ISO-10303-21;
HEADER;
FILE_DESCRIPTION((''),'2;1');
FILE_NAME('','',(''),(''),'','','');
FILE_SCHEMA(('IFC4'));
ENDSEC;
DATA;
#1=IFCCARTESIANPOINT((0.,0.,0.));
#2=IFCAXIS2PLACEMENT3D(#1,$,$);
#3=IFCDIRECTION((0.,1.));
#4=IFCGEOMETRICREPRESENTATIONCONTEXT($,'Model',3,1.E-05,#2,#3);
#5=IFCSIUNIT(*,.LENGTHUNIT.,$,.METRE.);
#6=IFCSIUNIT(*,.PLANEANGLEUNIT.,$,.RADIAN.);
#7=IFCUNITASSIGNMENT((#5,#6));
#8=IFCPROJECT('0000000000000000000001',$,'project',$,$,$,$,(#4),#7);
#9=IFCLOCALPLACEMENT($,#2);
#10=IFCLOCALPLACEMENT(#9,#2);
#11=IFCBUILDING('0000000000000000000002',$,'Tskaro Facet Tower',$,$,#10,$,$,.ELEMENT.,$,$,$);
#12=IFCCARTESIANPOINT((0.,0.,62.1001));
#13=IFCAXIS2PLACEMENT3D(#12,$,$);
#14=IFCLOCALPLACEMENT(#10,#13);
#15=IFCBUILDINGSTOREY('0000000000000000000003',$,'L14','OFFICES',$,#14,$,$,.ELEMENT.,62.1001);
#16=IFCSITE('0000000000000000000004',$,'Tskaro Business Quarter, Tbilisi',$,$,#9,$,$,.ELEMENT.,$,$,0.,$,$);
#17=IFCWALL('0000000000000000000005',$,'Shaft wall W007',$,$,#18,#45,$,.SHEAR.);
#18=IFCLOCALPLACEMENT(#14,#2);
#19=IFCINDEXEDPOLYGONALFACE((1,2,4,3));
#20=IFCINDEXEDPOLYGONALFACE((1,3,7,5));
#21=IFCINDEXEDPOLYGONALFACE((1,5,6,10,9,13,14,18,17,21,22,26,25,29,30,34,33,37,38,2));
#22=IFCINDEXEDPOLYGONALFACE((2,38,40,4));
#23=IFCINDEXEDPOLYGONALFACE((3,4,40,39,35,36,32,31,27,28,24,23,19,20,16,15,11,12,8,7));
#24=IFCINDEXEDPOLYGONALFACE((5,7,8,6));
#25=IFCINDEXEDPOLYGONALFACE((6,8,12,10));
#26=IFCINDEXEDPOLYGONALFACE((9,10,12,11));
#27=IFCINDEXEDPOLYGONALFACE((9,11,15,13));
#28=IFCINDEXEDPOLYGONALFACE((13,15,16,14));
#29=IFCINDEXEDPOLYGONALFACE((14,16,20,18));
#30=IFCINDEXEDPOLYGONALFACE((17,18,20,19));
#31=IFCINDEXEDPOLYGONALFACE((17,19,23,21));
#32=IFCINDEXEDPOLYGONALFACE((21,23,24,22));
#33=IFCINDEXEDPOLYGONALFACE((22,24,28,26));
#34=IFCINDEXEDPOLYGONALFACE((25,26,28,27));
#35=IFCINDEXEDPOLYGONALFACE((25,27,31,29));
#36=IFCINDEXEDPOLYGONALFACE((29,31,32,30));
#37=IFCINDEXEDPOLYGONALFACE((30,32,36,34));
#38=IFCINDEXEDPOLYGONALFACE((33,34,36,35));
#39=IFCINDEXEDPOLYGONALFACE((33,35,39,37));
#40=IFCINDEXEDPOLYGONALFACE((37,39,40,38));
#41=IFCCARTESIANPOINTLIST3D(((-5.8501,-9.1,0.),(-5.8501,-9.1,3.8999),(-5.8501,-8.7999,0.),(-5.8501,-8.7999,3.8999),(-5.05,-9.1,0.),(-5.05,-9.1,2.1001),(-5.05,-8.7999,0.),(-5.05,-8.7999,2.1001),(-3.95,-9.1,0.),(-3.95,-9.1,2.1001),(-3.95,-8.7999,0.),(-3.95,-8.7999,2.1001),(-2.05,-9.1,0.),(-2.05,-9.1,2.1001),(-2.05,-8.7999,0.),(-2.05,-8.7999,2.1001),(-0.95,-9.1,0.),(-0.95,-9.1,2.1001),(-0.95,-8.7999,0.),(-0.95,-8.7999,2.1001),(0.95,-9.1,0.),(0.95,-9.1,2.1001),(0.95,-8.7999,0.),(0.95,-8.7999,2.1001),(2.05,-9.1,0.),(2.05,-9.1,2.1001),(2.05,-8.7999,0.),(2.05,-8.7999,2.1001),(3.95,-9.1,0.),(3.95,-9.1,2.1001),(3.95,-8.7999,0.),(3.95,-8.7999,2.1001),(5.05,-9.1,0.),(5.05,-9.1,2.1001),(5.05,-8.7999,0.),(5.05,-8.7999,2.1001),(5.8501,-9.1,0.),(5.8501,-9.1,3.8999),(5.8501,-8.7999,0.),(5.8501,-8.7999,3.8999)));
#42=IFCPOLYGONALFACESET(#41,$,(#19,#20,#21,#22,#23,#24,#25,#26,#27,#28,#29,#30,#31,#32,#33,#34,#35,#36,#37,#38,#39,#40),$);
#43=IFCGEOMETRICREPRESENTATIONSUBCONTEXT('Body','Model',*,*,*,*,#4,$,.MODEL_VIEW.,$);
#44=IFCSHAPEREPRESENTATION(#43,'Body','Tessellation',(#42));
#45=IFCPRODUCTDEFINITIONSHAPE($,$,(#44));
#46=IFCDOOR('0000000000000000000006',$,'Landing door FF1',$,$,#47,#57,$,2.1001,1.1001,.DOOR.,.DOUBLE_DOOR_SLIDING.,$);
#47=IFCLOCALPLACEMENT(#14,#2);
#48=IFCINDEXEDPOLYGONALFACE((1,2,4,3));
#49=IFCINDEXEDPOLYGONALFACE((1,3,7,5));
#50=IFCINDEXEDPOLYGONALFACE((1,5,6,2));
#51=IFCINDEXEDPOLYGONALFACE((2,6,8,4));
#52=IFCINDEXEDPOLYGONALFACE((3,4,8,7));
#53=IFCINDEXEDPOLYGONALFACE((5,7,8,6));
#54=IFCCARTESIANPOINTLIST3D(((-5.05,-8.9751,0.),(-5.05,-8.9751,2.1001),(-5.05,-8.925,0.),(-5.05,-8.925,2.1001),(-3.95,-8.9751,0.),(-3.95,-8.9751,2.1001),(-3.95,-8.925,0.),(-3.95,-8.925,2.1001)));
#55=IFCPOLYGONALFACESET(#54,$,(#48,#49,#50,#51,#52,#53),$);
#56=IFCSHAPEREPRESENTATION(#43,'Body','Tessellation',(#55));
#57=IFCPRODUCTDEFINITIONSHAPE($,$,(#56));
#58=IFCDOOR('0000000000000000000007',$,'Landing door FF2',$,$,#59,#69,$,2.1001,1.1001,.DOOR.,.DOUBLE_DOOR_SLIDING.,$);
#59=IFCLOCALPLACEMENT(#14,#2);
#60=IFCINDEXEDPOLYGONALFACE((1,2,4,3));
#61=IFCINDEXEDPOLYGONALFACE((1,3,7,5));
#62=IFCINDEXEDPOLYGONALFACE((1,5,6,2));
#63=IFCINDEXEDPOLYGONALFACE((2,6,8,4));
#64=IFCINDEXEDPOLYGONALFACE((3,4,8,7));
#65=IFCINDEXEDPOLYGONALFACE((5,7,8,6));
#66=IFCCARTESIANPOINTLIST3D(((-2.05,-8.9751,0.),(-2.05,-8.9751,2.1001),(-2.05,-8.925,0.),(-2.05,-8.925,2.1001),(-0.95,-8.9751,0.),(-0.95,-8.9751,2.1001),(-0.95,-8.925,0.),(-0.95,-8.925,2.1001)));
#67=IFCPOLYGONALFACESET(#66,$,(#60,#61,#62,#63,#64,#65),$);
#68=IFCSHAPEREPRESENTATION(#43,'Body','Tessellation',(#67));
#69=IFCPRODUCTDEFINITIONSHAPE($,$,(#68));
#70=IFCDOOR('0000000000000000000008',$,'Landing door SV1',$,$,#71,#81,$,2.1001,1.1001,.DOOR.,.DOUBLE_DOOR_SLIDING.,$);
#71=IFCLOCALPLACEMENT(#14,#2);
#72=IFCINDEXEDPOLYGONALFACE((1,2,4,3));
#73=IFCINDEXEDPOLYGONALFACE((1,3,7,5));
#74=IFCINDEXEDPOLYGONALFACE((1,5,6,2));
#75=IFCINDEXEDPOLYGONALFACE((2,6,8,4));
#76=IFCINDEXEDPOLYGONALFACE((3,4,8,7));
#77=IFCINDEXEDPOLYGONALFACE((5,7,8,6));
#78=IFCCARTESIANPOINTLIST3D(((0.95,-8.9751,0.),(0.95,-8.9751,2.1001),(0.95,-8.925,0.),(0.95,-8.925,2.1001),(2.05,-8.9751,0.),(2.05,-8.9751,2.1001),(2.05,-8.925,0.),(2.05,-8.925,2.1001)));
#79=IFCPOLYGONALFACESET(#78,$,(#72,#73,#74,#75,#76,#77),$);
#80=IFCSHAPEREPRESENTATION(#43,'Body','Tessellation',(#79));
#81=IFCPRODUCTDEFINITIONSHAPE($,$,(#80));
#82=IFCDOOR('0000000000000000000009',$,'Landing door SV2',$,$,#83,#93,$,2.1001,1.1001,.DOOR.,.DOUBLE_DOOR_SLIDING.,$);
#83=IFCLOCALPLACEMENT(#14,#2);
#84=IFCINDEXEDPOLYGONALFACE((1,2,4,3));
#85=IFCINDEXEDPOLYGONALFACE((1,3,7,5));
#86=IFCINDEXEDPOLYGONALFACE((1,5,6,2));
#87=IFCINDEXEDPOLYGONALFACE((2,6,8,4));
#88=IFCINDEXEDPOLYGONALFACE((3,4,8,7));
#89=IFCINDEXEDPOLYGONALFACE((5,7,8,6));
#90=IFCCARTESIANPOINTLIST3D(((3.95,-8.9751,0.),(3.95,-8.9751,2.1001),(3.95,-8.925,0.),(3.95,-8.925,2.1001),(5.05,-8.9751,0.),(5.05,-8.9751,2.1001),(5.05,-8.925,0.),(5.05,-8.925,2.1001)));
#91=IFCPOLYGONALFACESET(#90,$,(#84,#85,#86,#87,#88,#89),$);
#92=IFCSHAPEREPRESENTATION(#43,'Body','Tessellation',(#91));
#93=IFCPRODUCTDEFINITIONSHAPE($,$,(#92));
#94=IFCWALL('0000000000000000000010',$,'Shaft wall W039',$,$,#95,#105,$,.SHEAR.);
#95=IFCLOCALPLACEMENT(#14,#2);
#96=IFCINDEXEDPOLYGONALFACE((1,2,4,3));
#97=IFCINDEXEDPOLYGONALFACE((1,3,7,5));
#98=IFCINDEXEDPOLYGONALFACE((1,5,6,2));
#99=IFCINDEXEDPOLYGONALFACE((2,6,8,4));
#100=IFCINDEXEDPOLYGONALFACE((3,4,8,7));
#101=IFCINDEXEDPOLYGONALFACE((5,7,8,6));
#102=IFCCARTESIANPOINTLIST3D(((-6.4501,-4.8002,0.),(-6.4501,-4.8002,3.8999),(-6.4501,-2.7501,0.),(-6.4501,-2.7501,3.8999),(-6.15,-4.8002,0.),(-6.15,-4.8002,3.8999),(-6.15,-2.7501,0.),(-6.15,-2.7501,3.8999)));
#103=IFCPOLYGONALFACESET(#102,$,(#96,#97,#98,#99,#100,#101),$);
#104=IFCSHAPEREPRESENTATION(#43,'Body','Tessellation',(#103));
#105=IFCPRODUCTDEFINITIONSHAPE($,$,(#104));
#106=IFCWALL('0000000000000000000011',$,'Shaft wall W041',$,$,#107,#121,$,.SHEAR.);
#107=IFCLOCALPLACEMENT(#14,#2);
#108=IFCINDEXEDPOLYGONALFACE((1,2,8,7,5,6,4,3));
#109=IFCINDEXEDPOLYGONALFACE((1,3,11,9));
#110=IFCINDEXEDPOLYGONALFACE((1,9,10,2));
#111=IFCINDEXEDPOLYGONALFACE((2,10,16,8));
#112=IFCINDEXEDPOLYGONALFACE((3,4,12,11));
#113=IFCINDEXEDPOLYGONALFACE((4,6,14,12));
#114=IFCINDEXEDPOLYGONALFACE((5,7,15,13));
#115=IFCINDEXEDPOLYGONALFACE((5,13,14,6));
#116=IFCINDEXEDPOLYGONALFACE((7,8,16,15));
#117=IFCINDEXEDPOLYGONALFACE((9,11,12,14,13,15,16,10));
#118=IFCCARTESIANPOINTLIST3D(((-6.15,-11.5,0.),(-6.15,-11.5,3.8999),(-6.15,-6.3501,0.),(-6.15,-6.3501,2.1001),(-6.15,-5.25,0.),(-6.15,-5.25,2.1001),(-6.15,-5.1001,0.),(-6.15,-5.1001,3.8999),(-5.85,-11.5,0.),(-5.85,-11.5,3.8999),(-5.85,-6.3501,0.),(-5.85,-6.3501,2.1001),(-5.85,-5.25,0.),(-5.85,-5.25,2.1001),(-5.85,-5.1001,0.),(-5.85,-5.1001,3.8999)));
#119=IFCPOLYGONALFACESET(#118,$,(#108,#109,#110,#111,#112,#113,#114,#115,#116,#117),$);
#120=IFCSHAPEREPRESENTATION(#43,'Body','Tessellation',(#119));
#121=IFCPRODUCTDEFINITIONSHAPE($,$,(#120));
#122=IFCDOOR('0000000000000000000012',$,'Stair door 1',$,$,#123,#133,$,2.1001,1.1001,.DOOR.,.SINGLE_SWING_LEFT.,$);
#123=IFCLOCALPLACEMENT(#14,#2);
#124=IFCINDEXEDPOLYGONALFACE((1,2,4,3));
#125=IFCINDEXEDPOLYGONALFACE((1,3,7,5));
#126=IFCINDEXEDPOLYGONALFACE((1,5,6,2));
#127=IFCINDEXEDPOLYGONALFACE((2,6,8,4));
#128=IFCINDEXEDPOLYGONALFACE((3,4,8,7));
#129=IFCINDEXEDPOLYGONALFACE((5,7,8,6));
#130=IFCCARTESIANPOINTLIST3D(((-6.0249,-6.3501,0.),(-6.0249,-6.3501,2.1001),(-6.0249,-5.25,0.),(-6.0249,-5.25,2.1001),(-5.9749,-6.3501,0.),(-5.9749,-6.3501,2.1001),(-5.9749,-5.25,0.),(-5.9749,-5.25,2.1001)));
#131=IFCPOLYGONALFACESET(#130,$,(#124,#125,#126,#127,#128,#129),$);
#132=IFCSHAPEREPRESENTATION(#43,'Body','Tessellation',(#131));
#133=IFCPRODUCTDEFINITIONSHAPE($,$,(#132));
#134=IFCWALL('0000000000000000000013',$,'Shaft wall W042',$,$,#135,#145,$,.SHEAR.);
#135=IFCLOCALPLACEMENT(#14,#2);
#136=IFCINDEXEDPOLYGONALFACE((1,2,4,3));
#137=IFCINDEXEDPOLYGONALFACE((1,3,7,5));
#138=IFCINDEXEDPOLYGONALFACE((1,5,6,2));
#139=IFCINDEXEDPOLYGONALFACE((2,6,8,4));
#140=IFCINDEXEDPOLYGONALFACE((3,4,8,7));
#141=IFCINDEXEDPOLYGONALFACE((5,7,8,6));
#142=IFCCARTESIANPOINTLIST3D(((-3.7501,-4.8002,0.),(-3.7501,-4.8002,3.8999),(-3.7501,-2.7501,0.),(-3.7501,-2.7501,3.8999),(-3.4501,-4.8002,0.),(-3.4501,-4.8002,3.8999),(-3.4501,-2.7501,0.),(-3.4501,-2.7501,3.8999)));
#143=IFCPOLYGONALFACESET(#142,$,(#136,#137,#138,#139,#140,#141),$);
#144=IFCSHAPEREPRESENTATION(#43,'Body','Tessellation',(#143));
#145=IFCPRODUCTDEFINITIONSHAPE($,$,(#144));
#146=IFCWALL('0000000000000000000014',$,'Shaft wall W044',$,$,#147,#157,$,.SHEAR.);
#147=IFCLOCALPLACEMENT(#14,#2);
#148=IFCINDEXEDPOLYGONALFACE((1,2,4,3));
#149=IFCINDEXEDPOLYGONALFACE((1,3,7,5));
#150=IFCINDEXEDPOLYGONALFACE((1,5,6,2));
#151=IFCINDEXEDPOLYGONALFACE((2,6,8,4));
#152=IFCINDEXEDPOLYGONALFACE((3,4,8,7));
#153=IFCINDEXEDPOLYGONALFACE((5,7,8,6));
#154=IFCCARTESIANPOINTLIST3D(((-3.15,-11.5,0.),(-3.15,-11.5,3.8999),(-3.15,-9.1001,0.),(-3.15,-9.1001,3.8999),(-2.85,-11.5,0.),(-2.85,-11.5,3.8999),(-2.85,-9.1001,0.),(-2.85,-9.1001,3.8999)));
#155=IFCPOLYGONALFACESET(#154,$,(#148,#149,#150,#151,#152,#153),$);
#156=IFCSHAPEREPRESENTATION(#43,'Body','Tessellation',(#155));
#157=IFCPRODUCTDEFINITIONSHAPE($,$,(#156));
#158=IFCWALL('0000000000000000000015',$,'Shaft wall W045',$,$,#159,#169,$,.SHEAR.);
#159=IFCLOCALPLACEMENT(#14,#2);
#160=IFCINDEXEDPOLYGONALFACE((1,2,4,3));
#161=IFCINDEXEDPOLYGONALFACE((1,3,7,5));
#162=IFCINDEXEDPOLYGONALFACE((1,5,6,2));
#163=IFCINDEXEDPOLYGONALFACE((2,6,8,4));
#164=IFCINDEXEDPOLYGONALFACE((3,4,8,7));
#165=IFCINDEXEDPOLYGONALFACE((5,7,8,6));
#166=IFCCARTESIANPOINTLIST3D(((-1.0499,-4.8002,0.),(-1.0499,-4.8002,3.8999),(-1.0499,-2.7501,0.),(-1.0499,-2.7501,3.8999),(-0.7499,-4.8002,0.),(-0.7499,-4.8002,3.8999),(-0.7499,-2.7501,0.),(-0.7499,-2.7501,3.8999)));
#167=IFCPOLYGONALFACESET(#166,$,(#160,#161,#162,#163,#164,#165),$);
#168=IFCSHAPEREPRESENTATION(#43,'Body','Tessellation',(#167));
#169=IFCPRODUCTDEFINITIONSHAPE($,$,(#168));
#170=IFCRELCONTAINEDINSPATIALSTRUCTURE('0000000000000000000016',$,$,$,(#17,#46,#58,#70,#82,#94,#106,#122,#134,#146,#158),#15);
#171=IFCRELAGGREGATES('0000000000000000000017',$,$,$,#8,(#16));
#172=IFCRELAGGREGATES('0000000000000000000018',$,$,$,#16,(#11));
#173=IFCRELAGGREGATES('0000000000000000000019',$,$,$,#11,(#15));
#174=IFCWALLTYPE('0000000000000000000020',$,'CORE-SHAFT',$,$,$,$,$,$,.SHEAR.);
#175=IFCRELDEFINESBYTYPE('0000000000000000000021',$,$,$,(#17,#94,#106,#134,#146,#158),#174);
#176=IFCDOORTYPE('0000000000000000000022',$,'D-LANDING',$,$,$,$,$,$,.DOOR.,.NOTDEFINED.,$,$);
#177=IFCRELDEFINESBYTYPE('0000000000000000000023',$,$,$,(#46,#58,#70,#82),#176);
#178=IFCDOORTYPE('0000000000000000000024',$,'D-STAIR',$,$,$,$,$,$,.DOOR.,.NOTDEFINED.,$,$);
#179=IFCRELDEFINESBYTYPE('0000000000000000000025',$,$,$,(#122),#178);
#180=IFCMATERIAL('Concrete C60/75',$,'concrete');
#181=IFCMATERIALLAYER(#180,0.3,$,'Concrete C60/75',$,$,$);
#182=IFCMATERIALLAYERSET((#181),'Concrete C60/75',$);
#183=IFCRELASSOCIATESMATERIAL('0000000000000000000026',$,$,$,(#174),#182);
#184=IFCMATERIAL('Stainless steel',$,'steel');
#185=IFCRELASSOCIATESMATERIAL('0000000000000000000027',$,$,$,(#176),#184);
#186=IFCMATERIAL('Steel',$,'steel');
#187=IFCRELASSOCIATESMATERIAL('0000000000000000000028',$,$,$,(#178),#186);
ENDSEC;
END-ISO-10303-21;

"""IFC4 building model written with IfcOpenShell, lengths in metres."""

from ifc_helpers import new_model, si_unit, direction, frame, frame_2d, origin, place, context, subcontext, project, spatial, rectangle, extrude, material, layer, layer_set, type_object, element, fill, save


model = new_model("IFC4")

# Units and contexts
model_context = context("Model", 3, precision=1e-05, world=origin(), true_north=direction((0.0, 1.0)))
body_context = subcontext(model_context, "Body", "Model", "MODEL_VIEW")
ifc_project = project(units=[si_unit("LENGTHUNIT", "METRE"), si_unit("PLANEANGLEUNIT", "RADIAN")], contexts=[model_context])

# Site, building, storey
site_placement = place(None, origin())
site = spatial("IfcSite", under=ifc_project, at=site_placement, Name="Tskaro Business Quarter, Tbilisi", CompositionType="ELEMENT", RefElevation=0.0)
building_placement = place(site_placement, origin())
building = spatial("IfcBuilding", under=site, at=building_placement, Name="Tskaro Facet Tower", CompositionType="ELEMENT")
storey_placement = place(building_placement, frame((0.0, 0.0, 62.1001)))
storey = spatial("IfcBuildingStorey", under=building, at=storey_placement, Name="L14", Description="OFFICES", CompositionType="ELEMENT", Elevation=62.1001)

# Wall, openings, doors
ifc_material_1 = material(Name="Concrete C60/75", Category="concrete")
ifc_layer = layer(ifc_material_1, 0.3, Name="Concrete C60/75")
ifc_layer_set = layer_set([ifc_layer], Name="Concrete C60/75")
wall_type = type_object("IfcWallType", Name="CORE-SHAFT", PredefinedType="SHEAR", material=ifc_layer_set)
wall_1_placement = place(storey_placement, frame((-5.8501, -8.95, 0.0), z_axis=(0.0, 0.0, 1.0), x_axis=(1.0, 0.0, 0.0)))
wall_1 = element("IfcWall", 1, at=wall_1_placement, inside=storey, type_object=wall_type, Name="Shaft wall W007", PredefinedType="SHEAR", context=body_context, shape_type="SweptSolid", body=[
    extrude(rectangle(XDim=11.7002, YDim=0.3, at=frame_2d((5.8501, 0.0))), origin(), (0.0, 0.0, 1.0), 3.8999),
])
opening_1_placement = place(wall_1_placement, frame((0.8, 0.0, 0.0)))
opening_1 = element("IfcOpeningElement", 2, at=opening_1_placement, cuts=wall_1, PredefinedType="OPENING", context=body_context, shape_type="SweptSolid", body=[
    extrude(rectangle(XDim=1.1001, YDim=2.1001, at=frame_2d((0.55, 1.05))), frame((0.0, 0.1599, 0.0), z_axis=(0.0, -1.0, 0.0), x_axis=(1.0, 0.0, 0.0)), (0.0, 0.0, 1.0), 0.3201),
])
opening_2_placement = place(wall_1_placement, frame((3.8, 0.0, 0.0)))
opening_2 = element("IfcOpeningElement", 3, at=opening_2_placement, cuts=wall_1, PredefinedType="OPENING", context=body_context, shape_type="SweptSolid", body=[
    extrude(rectangle(XDim=1.1001, YDim=2.1001, at=frame_2d((0.55, 1.05))), frame((0.0, 0.1599, 0.0), z_axis=(0.0, -1.0, 0.0), x_axis=(1.0, 0.0, 0.0)), (0.0, 0.0, 1.0), 0.3201),
])
opening_3_placement = place(wall_1_placement, frame((6.8, 0.0, 0.0)))
opening_3 = element("IfcOpeningElement", 4, at=opening_3_placement, cuts=wall_1, PredefinedType="OPENING", context=body_context, shape_type="SweptSolid", body=[
    extrude(rectangle(XDim=1.1001, YDim=2.1001, at=frame_2d((0.55, 1.05))), frame((0.0, 0.1599, 0.0), z_axis=(0.0, -1.0, 0.0), x_axis=(1.0, 0.0, 0.0)), (0.0, 0.0, 1.0), 0.3201),
])
opening_4_placement = place(wall_1_placement, frame((9.8, 0.0, 0.0)))
opening_4 = element("IfcOpeningElement", 5, at=opening_4_placement, cuts=wall_1, PredefinedType="OPENING", context=body_context, shape_type="SweptSolid", body=[
    extrude(rectangle(XDim=1.1001, YDim=2.1001, at=frame_2d((0.55, 1.05))), frame((0.0, 0.1599, 0.0), z_axis=(0.0, -1.0, 0.0), x_axis=(1.0, 0.0, 0.0)), (0.0, 0.0, 1.0), 0.3201),
])
ifc_material_2 = material(Name="Stainless steel", Category="steel")
door_type_1 = type_object("IfcDoorType", Name="D-LANDING", OperationType="NOTDEFINED", PredefinedType="DOOR", material=ifc_material_2)
door_1_placement = place(opening_1_placement, origin())
door_1 = element("IfcDoor", 6, at=door_1_placement, inside=storey, type_object=door_type_1, Name="Landing door FF1", OperationType="DOUBLE_DOOR_SLIDING", OverallHeight=2.1001, OverallWidth=1.1001, PredefinedType="DOOR", context=body_context, shape_type="SweptSolid", body=[
    extrude(rectangle(XDim=1.1001, YDim=2.1001, at=frame_2d((0.55, 1.05))), frame((0.0, 0.0249, 0.0), z_axis=(0.0, -1.0, 0.0), x_axis=(1.0, 0.0, 0.0)), (0.0, 0.0, 1.0), 0.05),
])
fill(opening_1, door_1)
door_2_placement = place(opening_2_placement, origin())
door_2 = element("IfcDoor", 7, at=door_2_placement, inside=storey, type_object=door_type_1, Name="Landing door FF2", OperationType="DOUBLE_DOOR_SLIDING", OverallHeight=2.1001, OverallWidth=1.1001, PredefinedType="DOOR", context=body_context, shape_type="SweptSolid", body=[
    extrude(rectangle(XDim=1.1001, YDim=2.1001, at=frame_2d((0.55, 1.05))), frame((0.0, 0.0249, 0.0), z_axis=(0.0, -1.0, 0.0), x_axis=(1.0, 0.0, 0.0)), (0.0, 0.0, 1.0), 0.05),
])
fill(opening_2, door_2)
door_3_placement = place(opening_3_placement, origin())
door_3 = element("IfcDoor", 8, at=door_3_placement, inside=storey, type_object=door_type_1, Name="Landing door SV1", OperationType="DOUBLE_DOOR_SLIDING", OverallHeight=2.1001, OverallWidth=1.1001, PredefinedType="DOOR", context=body_context, shape_type="SweptSolid", body=[
    extrude(rectangle(XDim=1.1001, YDim=2.1001, at=frame_2d((0.55, 1.05))), frame((0.0, 0.0249, 0.0), z_axis=(0.0, -1.0, 0.0), x_axis=(1.0, 0.0, 0.0)), (0.0, 0.0, 1.0), 0.05),
])
fill(opening_3, door_3)
door_4_placement = place(opening_4_placement, origin())
door_4 = element("IfcDoor", 9, at=door_4_placement, inside=storey, type_object=door_type_1, Name="Landing door SV2", OperationType="DOUBLE_DOOR_SLIDING", OverallHeight=2.1001, OverallWidth=1.1001, PredefinedType="DOOR", context=body_context, shape_type="SweptSolid", body=[
    extrude(rectangle(XDim=1.1001, YDim=2.1001, at=frame_2d((0.55, 1.05))), frame((0.0, 0.0249, 0.0), z_axis=(0.0, -1.0, 0.0), x_axis=(1.0, 0.0, 0.0)), (0.0, 0.0, 1.0), 0.05),
])
fill(opening_4, door_4)

# Wall
wall_2_placement = place(storey_placement, frame((-6.3, -4.8, 0.0), z_axis=(0.0, 0.0, 1.0), x_axis=(0.0, 1.0, 0.0)))
element("IfcWall", 10, at=wall_2_placement, inside=storey, type_object=wall_type, Name="Shaft wall W039", PredefinedType="SHEAR", context=body_context, shape_type="SweptSolid", body=[
    extrude(rectangle(XDim=2.05, YDim=0.3, at=frame_2d((1.0249, 0.0))), origin(), (0.0, 0.0, 1.0), 3.8999),
])

# Wall, opening, door
wall_3_placement = place(storey_placement, frame((-6.0, -11.5, 0.0), z_axis=(0.0, 0.0, 1.0), x_axis=(0.0, 1.0, 0.0)))
wall_3 = element("IfcWall", 11, at=wall_3_placement, inside=storey, type_object=wall_type, Name="Shaft wall W041", PredefinedType="SHEAR", context=body_context, shape_type="SweptSolid", body=[
    extrude(rectangle(XDim=6.3999, YDim=0.3, at=frame_2d((3.2, 0.0))), origin(), (0.0, 0.0, 1.0), 3.8999),
])
opening_5_placement = place(wall_3_placement, frame((5.1499, 0.0, 0.0)))
opening_5 = element("IfcOpeningElement", 12, at=opening_5_placement, cuts=wall_3, PredefinedType="OPENING", context=body_context, shape_type="SweptSolid", body=[
    extrude(rectangle(XDim=1.1001, YDim=2.1001, at=frame_2d((0.55, 1.05))), frame((0.0, 0.1599, 0.0), z_axis=(0.0, -1.0, 0.0), x_axis=(1.0, 0.0, 0.0)), (0.0, 0.0, 1.0), 0.3201),
])
ifc_material_3 = material(Name="Steel", Category="steel")
door_type_2 = type_object("IfcDoorType", Name="D-STAIR", OperationType="NOTDEFINED", PredefinedType="DOOR", material=ifc_material_3)
door_5_placement = place(opening_5_placement, origin())
door_5 = element("IfcDoor", 13, at=door_5_placement, inside=storey, type_object=door_type_2, Name="Stair door 1", OperationType="SINGLE_SWING_LEFT", OverallHeight=2.1001, OverallWidth=1.1001, PredefinedType="DOOR", context=body_context, shape_type="SweptSolid", body=[
    extrude(rectangle(XDim=1.1001, YDim=2.1001, at=frame_2d((0.55, 1.05))), frame((0.0, 0.0249, 0.0), z_axis=(0.0, -1.0, 0.0), x_axis=(1.0, 0.0, 0.0)), (0.0, 0.0, 1.0), 0.05),
])
fill(opening_5, door_5)

# Walls
wall_4_placement = place(storey_placement, frame((-3.6001, -4.8, 0.0), z_axis=(0.0, 0.0, 1.0), x_axis=(0.0, 1.0, 0.0)))
element("IfcWall", 14, at=wall_4_placement, inside=storey, type_object=wall_type, Name="Shaft wall W042", PredefinedType="SHEAR", context=body_context, shape_type="SweptSolid", body=[
    extrude(rectangle(XDim=2.05, YDim=0.3, at=frame_2d((1.0249, 0.0))), origin(), (0.0, 0.0, 1.0), 3.8999),
])
wall_5_placement = place(storey_placement, frame((-3.0, -11.5, 0.0), z_axis=(0.0, 0.0, 1.0), x_axis=(0.0, 1.0, 0.0)))
element("IfcWall", 15, at=wall_5_placement, inside=storey, type_object=wall_type, Name="Shaft wall W044", PredefinedType="SHEAR", context=body_context, shape_type="SweptSolid", body=[
    extrude(rectangle(XDim=2.3999, YDim=0.3, at=frame_2d((1.2, 0.0))), origin(), (0.0, 0.0, 1.0), 3.8999),
])
wall_6_placement = place(storey_placement, frame((-0.8999, -4.8, 0.0), z_axis=(0.0, 0.0, 1.0), x_axis=(0.0, 1.0, 0.0)))
element("IfcWall", 16, at=wall_6_placement, inside=storey, type_object=wall_type, Name="Shaft wall W045", PredefinedType="SHEAR", context=body_context, shape_type="SweptSolid", body=[
    extrude(rectangle(XDim=2.05, YDim=0.3, at=frame_2d((1.0249, 0.0))), origin(), (0.0, 0.0, 1.0), 3.8999),
])

save(model, "model.ifc")
